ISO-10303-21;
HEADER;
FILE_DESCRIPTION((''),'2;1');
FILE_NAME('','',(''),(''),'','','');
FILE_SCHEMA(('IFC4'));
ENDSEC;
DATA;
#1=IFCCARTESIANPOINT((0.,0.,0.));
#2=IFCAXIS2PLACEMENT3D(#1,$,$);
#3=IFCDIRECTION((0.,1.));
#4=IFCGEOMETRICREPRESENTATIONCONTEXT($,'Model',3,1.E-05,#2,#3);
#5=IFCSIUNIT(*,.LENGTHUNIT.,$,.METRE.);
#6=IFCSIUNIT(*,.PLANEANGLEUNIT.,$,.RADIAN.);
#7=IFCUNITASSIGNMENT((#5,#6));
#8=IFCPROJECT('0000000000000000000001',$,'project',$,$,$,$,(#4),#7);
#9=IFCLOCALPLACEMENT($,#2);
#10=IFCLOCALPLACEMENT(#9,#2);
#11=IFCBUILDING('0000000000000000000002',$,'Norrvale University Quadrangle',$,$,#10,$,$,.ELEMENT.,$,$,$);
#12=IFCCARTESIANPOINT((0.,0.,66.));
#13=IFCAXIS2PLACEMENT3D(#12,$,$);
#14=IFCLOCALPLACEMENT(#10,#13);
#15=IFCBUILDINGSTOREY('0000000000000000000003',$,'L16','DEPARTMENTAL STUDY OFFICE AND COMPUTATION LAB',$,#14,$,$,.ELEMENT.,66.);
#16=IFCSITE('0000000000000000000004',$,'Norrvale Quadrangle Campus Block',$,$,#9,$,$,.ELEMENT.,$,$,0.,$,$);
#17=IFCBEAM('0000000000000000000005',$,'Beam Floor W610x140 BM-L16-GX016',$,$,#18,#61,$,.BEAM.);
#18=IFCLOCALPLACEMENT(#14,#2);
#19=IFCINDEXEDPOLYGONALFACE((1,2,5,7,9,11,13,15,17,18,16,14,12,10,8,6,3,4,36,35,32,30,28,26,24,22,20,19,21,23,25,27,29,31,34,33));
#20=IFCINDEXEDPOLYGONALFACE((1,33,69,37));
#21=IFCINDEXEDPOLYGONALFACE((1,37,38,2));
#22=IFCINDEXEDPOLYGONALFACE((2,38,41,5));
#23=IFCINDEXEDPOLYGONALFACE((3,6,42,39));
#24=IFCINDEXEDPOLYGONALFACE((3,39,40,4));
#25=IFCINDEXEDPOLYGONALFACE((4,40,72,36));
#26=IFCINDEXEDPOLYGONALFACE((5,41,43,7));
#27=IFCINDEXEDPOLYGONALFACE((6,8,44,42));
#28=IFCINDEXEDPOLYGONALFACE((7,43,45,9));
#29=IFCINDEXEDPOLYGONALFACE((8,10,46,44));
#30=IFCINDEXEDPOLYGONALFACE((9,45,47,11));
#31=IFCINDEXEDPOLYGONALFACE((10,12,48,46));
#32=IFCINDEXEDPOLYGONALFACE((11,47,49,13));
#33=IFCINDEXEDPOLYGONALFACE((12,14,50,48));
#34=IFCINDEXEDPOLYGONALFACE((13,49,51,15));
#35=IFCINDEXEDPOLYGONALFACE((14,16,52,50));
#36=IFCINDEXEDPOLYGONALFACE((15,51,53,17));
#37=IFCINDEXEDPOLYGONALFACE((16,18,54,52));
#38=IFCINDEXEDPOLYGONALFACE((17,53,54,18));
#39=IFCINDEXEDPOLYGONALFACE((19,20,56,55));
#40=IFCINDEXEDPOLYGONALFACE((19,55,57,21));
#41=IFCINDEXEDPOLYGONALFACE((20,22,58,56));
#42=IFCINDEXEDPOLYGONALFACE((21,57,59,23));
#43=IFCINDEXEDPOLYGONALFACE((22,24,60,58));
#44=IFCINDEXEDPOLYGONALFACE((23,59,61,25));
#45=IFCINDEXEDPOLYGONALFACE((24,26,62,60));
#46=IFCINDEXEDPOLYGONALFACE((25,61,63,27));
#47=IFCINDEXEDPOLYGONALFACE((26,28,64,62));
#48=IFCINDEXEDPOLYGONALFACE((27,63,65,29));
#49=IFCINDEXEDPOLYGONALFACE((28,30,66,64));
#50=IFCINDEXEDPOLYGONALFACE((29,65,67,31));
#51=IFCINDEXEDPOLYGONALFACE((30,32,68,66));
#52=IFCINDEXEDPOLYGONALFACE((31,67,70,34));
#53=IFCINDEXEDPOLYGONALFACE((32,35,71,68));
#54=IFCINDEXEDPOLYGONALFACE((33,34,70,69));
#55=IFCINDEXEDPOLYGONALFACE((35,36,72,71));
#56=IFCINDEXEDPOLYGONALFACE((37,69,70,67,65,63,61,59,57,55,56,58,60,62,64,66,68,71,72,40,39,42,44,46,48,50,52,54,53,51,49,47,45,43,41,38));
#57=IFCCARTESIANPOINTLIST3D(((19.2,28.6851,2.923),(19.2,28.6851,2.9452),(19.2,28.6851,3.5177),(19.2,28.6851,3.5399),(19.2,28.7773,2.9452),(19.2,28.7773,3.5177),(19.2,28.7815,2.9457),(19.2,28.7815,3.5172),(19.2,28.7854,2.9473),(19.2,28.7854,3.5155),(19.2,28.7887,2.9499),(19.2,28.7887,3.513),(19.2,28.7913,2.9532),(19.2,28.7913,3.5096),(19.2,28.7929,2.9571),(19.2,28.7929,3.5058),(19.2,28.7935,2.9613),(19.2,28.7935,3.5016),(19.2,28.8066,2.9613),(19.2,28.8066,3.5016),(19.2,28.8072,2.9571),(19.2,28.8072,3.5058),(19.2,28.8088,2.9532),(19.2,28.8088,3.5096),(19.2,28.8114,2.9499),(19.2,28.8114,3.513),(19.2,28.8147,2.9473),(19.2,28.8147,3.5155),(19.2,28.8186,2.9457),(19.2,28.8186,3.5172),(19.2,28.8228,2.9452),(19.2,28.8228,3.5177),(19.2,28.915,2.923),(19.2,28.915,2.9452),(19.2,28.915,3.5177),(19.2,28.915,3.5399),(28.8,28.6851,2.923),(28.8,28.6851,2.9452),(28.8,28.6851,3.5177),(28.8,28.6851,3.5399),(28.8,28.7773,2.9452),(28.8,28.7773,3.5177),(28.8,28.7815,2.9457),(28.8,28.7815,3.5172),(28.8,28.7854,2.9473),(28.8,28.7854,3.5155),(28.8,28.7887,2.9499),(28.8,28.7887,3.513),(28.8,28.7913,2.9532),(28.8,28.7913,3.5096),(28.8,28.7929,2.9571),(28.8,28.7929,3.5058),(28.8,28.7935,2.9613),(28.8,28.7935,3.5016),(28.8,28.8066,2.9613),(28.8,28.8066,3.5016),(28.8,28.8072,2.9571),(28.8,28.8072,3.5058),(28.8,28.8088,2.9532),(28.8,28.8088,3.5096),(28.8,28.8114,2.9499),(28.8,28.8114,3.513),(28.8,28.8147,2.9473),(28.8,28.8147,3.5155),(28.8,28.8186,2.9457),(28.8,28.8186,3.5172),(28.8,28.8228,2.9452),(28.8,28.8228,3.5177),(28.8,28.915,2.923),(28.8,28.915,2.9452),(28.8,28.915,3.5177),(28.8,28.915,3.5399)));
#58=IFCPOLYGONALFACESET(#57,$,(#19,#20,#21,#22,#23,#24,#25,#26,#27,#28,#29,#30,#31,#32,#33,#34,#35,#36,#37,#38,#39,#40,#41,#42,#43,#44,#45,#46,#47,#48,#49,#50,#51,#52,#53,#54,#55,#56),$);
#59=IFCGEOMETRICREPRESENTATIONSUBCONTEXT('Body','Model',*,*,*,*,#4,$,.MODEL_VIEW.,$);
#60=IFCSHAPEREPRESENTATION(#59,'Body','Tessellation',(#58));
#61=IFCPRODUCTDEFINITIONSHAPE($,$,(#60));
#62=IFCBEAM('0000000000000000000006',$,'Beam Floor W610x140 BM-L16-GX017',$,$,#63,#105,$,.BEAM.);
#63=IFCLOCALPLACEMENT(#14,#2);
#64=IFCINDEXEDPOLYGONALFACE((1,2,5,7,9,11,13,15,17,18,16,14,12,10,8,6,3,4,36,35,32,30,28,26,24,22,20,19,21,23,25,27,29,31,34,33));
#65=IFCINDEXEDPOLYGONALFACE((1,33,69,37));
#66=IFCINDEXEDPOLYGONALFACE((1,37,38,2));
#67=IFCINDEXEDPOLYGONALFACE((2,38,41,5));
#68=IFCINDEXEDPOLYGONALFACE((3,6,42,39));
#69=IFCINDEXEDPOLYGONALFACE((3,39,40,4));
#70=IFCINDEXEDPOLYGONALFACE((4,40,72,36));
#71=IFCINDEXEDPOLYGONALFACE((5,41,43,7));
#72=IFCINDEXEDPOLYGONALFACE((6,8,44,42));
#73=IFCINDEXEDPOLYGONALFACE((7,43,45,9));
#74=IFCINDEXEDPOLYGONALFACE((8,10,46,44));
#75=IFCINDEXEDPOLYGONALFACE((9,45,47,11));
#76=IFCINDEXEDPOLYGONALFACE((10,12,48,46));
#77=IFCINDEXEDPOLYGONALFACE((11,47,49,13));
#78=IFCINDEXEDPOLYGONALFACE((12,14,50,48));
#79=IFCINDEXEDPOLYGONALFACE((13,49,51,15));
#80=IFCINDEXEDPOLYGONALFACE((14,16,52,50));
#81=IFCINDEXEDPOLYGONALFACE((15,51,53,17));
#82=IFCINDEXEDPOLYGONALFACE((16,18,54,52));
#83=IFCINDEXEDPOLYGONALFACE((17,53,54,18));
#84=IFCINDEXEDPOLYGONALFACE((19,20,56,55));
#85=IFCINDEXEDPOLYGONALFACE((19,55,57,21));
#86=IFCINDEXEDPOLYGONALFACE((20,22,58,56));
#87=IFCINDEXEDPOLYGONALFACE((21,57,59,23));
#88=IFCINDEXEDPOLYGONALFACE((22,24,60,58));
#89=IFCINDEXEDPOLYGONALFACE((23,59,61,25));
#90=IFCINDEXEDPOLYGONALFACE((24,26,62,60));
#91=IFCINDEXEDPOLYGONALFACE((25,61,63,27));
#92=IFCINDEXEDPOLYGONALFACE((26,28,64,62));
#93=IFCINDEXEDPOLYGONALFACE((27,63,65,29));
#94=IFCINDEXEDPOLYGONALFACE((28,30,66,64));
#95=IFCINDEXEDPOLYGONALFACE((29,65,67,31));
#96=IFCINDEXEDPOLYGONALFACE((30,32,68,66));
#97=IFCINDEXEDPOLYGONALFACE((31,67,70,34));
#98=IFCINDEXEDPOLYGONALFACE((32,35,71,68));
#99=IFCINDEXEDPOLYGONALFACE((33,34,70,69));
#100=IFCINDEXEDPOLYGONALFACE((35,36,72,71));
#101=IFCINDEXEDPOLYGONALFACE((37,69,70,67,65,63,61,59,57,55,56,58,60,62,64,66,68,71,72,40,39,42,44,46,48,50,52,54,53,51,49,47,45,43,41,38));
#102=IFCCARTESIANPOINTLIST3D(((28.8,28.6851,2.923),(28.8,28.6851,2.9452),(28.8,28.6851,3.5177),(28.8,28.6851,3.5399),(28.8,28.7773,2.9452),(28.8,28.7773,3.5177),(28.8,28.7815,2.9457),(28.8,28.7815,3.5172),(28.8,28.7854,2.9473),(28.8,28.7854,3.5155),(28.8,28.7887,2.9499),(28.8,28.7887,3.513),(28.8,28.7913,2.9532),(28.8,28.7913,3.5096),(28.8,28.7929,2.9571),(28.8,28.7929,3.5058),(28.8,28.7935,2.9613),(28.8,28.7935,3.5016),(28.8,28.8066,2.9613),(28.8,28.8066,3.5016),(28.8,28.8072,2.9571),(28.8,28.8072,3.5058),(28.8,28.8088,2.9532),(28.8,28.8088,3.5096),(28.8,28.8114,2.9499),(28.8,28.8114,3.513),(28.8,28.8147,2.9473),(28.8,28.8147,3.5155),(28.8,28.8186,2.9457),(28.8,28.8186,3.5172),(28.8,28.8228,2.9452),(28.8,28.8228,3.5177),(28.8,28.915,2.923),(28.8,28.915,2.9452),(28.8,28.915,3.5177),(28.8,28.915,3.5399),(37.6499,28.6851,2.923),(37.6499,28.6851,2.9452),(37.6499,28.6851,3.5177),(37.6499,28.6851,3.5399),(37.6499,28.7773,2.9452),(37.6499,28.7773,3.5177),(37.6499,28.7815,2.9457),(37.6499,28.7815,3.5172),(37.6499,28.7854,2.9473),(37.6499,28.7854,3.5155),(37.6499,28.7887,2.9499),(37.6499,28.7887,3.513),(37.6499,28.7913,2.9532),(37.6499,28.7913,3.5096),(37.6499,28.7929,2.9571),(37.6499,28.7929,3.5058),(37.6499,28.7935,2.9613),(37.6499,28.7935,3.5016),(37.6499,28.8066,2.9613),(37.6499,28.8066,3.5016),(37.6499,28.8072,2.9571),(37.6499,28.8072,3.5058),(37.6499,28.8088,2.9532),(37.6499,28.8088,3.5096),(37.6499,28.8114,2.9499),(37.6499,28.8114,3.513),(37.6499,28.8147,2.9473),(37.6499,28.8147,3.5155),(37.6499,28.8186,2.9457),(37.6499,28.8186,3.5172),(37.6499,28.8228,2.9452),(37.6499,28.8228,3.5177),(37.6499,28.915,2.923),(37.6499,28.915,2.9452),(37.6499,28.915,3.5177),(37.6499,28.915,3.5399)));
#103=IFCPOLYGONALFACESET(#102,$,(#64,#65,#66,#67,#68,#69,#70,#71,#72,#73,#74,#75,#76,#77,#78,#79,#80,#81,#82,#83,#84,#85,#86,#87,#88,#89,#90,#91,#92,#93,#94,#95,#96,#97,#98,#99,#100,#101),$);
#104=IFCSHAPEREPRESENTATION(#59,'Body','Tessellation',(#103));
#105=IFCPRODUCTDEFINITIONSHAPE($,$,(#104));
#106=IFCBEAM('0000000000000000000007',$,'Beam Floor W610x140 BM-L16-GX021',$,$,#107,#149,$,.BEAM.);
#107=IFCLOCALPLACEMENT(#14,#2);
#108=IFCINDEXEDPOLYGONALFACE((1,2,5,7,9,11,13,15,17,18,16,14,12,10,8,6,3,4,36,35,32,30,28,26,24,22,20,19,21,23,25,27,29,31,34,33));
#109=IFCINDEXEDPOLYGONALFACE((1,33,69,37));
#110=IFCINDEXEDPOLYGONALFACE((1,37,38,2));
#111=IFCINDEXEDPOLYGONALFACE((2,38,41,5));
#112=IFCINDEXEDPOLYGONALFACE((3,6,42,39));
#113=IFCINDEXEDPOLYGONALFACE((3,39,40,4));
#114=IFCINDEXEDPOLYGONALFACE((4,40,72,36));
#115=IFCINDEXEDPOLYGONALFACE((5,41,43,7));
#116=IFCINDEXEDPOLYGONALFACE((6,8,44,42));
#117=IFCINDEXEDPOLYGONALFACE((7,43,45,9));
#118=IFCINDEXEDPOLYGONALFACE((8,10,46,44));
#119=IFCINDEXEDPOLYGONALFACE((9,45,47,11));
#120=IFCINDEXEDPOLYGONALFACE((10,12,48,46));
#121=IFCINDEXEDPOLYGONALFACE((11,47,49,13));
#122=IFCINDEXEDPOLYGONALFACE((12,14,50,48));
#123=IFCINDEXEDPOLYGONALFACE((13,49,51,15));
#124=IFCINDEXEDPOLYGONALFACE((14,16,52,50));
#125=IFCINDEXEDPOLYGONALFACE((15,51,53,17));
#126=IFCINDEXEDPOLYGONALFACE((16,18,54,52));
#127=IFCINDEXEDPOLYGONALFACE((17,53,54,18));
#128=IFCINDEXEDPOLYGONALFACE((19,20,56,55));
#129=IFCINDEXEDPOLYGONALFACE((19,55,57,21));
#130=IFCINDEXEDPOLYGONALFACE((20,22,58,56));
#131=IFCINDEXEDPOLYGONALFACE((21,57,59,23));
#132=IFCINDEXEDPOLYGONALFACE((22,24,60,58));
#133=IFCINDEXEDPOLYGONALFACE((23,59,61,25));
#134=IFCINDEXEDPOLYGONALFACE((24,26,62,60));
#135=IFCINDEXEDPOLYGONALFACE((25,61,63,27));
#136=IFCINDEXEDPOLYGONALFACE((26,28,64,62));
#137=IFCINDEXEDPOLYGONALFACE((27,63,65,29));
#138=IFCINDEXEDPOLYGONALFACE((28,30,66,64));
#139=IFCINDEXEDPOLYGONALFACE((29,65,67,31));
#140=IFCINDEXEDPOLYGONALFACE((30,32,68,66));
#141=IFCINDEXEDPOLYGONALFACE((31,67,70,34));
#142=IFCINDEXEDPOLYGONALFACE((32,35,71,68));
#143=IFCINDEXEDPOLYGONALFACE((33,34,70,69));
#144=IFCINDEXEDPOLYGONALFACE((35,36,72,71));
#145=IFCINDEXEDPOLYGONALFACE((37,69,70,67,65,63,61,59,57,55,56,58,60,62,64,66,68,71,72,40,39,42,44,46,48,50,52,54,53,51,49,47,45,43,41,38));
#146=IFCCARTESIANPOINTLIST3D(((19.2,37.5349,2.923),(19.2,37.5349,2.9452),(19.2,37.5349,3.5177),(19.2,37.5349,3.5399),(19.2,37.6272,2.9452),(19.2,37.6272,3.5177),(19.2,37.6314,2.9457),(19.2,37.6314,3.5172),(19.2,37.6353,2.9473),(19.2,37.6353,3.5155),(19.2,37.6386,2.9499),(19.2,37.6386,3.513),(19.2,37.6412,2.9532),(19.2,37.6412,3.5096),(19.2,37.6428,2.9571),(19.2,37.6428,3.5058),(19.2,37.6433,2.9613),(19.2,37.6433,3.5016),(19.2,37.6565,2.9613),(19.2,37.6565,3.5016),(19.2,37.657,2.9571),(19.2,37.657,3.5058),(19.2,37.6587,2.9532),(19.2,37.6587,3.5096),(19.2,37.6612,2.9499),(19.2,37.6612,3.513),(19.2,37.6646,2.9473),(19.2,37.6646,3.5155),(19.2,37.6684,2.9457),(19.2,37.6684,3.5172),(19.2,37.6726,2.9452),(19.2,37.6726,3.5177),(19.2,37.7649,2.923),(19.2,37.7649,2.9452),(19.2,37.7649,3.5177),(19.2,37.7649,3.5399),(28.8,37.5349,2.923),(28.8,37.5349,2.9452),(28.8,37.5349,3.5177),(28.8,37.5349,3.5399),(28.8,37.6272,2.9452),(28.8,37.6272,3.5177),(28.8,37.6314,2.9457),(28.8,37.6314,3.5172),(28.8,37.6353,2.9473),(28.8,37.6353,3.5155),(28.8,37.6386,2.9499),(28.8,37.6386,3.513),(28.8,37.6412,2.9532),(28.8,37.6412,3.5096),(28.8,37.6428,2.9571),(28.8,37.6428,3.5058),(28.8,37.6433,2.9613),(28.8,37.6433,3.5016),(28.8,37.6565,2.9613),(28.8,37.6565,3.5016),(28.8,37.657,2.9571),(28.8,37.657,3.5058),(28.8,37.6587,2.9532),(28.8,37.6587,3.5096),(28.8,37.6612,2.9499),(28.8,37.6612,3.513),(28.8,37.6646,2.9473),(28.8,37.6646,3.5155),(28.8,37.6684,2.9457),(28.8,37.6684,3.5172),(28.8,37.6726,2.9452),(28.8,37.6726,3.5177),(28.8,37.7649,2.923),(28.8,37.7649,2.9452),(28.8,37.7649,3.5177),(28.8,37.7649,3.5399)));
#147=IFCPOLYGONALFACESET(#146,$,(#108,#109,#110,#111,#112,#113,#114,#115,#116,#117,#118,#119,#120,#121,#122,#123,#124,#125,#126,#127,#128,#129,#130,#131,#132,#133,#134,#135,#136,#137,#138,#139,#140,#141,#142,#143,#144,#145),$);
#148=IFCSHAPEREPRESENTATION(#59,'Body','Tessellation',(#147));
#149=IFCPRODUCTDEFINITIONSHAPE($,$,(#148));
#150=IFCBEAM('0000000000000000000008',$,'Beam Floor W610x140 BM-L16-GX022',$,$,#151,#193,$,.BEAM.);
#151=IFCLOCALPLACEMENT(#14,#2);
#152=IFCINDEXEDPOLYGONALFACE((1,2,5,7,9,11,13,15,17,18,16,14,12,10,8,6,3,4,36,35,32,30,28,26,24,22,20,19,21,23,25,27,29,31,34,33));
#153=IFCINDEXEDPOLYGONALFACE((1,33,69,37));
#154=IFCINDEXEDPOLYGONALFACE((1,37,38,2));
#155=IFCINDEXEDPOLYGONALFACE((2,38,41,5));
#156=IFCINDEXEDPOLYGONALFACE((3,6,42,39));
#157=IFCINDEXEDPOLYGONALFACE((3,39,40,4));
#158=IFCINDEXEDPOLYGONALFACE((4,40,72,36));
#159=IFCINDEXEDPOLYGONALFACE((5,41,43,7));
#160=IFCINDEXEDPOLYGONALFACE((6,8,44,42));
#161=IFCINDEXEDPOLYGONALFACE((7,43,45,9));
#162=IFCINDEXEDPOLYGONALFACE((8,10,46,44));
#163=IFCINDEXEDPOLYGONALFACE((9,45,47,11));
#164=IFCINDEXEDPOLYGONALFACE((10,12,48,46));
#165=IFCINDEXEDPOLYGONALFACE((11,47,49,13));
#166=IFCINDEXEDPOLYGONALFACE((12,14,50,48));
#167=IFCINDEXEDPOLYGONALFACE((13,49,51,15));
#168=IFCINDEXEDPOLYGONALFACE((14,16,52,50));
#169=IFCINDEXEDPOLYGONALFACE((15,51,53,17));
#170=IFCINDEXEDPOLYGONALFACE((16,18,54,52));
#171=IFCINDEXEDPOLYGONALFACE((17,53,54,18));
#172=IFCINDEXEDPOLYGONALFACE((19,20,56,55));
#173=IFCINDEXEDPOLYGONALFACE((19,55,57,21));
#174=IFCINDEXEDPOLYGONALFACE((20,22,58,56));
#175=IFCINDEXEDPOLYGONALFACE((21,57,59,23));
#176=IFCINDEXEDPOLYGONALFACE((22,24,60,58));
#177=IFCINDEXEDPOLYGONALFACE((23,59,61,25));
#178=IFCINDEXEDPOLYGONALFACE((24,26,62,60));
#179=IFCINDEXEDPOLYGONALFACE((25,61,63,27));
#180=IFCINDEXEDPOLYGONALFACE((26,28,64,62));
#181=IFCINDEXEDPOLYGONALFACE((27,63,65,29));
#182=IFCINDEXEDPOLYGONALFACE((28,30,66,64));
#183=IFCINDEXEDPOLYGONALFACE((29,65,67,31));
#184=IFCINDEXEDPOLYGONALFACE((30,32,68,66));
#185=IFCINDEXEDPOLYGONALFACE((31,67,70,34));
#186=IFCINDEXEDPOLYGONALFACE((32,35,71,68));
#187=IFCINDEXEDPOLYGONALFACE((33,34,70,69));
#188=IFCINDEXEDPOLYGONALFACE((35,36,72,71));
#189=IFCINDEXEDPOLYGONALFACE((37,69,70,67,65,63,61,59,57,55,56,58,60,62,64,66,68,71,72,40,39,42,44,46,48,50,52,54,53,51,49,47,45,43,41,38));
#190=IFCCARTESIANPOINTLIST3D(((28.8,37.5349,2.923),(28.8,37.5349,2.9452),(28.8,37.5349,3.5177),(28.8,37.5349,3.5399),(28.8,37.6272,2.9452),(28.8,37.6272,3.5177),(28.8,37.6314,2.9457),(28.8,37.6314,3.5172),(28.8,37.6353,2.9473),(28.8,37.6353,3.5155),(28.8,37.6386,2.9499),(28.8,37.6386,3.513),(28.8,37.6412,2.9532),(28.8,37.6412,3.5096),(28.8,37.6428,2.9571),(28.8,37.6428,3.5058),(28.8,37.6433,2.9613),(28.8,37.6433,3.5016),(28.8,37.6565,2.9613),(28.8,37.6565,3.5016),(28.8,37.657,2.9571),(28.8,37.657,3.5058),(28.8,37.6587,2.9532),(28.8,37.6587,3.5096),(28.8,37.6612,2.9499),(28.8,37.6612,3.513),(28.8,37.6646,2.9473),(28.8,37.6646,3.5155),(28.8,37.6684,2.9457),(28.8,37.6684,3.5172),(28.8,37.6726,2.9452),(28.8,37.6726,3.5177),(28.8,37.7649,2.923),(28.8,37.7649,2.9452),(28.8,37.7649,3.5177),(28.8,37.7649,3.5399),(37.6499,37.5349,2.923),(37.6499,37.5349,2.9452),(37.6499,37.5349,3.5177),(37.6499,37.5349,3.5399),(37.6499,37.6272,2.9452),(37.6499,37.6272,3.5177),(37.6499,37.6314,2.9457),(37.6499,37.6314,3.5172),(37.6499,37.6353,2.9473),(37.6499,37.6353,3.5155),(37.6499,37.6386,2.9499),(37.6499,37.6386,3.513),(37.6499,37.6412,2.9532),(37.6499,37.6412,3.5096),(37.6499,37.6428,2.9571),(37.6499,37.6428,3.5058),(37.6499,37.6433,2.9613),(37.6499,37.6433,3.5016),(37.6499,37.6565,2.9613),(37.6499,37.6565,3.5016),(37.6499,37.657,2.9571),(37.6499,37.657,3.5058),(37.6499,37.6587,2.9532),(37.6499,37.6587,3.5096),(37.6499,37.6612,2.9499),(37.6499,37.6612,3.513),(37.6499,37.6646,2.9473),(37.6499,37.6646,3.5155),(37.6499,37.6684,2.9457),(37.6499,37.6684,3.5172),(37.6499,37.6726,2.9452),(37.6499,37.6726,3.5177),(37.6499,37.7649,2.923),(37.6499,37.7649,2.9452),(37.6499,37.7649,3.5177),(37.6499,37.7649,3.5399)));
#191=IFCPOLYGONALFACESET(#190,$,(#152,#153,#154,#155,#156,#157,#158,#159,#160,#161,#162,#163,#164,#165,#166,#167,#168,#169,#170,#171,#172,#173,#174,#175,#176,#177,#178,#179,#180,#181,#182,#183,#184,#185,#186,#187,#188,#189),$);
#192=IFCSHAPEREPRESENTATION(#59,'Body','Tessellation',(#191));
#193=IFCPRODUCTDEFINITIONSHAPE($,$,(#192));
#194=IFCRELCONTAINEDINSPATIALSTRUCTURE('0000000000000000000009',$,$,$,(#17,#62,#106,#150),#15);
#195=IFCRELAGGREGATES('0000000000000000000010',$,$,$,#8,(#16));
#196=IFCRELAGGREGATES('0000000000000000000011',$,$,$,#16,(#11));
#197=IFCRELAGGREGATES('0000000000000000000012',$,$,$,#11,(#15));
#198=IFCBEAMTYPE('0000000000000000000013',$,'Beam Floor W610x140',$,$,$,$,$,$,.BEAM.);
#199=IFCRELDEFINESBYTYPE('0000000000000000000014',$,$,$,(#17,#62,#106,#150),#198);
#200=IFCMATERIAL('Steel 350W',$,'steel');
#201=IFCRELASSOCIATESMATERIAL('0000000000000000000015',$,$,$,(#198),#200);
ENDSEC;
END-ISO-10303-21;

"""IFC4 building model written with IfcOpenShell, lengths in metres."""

from ifc_helpers import new_model, si_unit, direction, frame, origin, origin_2d, place, context, subcontext, project, spatial, i_section, extrude, material, material_profile, profile_set, type_object, element, save


model = new_model("IFC4")

# Units and contexts
model_context = context("Model", 3, precision=1e-05, world=origin(), true_north=direction((0.0, 1.0)))
body_context = subcontext(model_context, "Body", "Model", "MODEL_VIEW")
ifc_project = project(units=[si_unit("LENGTHUNIT", "METRE"), si_unit("PLANEANGLEUNIT", "RADIAN")], contexts=[model_context])

# Site, building, storey
site_placement = place(None, origin())
site = spatial("IfcSite", under=ifc_project, at=site_placement, Name="Norrvale Quadrangle Campus Block", CompositionType="ELEMENT", RefElevation=0.0)
building_placement = place(site_placement, origin())
building = spatial("IfcBuilding", under=site, at=building_placement, Name="Norrvale University Quadrangle", CompositionType="ELEMENT")
storey_placement = place(building_placement, frame((0.0, 0.0, 66.0)))
storey = spatial("IfcBuildingStorey", under=building, at=storey_placement, Name="L16", Description="DEPARTMENTAL STUDY OFFICE AND COMPUTATION LAB", CompositionType="ELEMENT", Elevation=66.0)

# Beams
ifc_material_1 = material(Name="Steel 350W", Category="steel")
ifc_material_profile_1 = material_profile(ifc_material_1, i_section(OverallWidth=0.23, OverallDepth=0.6169, WebThickness=0.0132, FlangeThickness=0.0222, FilletRadius=0.0161, at=origin_2d()), Name="Steel 350W")
ifc_profile_set_1 = profile_set([ifc_material_profile_1], Name="Steel 350W")
beam_type_1 = type_object("IfcBeamType", Name="Beam Floor W610x140", PredefinedType="BEAM", material=ifc_profile_set_1)
beam_1_placement = place(storey_placement, frame((19.2, 28.8, 3.2314), z_axis=(1.0, 0.0, 0.0), x_axis=(0.0, 1.0, 0.0)))
element("IfcBeam", 1, at=beam_1_placement, inside=storey, type_object=beam_type_1, Name="Beam Floor W610x140 BM-L16-GX016", PredefinedType="BEAM", context=body_context, shape_type="SweptSolid", body=[
    extrude(i_section(OverallWidth=0.23, OverallDepth=0.6169, WebThickness=0.0132, FlangeThickness=0.0222, FilletRadius=0.0161, at=origin_2d()), origin(), (0.0, 0.0, 1.0), 9.6001),
])
beam_2_placement = place(storey_placement, frame((28.8, 28.8, 3.2314), z_axis=(1.0, 0.0, 0.0), x_axis=(0.0, 1.0, 0.0)))
element("IfcBeam", 2, at=beam_2_placement, inside=storey, type_object=beam_type_1, Name="Beam Floor W610x140 BM-L16-GX017", PredefinedType="BEAM", context=body_context, shape_type="SweptSolid", body=[
    extrude(i_section(OverallWidth=0.23, OverallDepth=0.6169, WebThickness=0.0132, FlangeThickness=0.0222, FilletRadius=0.0161, at=origin_2d()), origin(), (0.0, 0.0, 1.0), 8.8499),
])
beam_3_placement = place(storey_placement, frame((19.2, 37.6499, 3.2314), z_axis=(1.0, 0.0, 0.0), x_axis=(0.0, 1.0, 0.0)))
element("IfcBeam", 3, at=beam_3_placement, inside=storey, type_object=beam_type_1, Name="Beam Floor W610x140 BM-L16-GX021", PredefinedType="BEAM", context=body_context, shape_type="SweptSolid", body=[
    extrude(i_section(OverallWidth=0.23, OverallDepth=0.6169, WebThickness=0.0132, FlangeThickness=0.0222, FilletRadius=0.0161, at=origin_2d()), origin(), (0.0, 0.0, 1.0), 9.6001),
])
for number, where, z_axis, x_axis, name in (
    (4, (28.8, 37.6499, 3.2314), (1.0, 0.0, 0.0), (0.0, 1.0, 0.0), "Beam Floor W610x140 BM-L16-GX022"),
):
    element("IfcBeam", number, at=place(storey_placement, frame(where, z_axis=z_axis, x_axis=x_axis)), inside=storey, type_object=beam_type_1, Name=name, PredefinedType="BEAM", context=body_context, shape_type="SweptSolid", body=[
        extrude(i_section(OverallWidth=0.23, OverallDepth=0.6169, WebThickness=0.0132, FlangeThickness=0.0222, FilletRadius=0.0161, at=origin_2d()), origin(), (0.0, 0.0, 1.0), 8.8499),
    ])

save(model, "model.ifc")
